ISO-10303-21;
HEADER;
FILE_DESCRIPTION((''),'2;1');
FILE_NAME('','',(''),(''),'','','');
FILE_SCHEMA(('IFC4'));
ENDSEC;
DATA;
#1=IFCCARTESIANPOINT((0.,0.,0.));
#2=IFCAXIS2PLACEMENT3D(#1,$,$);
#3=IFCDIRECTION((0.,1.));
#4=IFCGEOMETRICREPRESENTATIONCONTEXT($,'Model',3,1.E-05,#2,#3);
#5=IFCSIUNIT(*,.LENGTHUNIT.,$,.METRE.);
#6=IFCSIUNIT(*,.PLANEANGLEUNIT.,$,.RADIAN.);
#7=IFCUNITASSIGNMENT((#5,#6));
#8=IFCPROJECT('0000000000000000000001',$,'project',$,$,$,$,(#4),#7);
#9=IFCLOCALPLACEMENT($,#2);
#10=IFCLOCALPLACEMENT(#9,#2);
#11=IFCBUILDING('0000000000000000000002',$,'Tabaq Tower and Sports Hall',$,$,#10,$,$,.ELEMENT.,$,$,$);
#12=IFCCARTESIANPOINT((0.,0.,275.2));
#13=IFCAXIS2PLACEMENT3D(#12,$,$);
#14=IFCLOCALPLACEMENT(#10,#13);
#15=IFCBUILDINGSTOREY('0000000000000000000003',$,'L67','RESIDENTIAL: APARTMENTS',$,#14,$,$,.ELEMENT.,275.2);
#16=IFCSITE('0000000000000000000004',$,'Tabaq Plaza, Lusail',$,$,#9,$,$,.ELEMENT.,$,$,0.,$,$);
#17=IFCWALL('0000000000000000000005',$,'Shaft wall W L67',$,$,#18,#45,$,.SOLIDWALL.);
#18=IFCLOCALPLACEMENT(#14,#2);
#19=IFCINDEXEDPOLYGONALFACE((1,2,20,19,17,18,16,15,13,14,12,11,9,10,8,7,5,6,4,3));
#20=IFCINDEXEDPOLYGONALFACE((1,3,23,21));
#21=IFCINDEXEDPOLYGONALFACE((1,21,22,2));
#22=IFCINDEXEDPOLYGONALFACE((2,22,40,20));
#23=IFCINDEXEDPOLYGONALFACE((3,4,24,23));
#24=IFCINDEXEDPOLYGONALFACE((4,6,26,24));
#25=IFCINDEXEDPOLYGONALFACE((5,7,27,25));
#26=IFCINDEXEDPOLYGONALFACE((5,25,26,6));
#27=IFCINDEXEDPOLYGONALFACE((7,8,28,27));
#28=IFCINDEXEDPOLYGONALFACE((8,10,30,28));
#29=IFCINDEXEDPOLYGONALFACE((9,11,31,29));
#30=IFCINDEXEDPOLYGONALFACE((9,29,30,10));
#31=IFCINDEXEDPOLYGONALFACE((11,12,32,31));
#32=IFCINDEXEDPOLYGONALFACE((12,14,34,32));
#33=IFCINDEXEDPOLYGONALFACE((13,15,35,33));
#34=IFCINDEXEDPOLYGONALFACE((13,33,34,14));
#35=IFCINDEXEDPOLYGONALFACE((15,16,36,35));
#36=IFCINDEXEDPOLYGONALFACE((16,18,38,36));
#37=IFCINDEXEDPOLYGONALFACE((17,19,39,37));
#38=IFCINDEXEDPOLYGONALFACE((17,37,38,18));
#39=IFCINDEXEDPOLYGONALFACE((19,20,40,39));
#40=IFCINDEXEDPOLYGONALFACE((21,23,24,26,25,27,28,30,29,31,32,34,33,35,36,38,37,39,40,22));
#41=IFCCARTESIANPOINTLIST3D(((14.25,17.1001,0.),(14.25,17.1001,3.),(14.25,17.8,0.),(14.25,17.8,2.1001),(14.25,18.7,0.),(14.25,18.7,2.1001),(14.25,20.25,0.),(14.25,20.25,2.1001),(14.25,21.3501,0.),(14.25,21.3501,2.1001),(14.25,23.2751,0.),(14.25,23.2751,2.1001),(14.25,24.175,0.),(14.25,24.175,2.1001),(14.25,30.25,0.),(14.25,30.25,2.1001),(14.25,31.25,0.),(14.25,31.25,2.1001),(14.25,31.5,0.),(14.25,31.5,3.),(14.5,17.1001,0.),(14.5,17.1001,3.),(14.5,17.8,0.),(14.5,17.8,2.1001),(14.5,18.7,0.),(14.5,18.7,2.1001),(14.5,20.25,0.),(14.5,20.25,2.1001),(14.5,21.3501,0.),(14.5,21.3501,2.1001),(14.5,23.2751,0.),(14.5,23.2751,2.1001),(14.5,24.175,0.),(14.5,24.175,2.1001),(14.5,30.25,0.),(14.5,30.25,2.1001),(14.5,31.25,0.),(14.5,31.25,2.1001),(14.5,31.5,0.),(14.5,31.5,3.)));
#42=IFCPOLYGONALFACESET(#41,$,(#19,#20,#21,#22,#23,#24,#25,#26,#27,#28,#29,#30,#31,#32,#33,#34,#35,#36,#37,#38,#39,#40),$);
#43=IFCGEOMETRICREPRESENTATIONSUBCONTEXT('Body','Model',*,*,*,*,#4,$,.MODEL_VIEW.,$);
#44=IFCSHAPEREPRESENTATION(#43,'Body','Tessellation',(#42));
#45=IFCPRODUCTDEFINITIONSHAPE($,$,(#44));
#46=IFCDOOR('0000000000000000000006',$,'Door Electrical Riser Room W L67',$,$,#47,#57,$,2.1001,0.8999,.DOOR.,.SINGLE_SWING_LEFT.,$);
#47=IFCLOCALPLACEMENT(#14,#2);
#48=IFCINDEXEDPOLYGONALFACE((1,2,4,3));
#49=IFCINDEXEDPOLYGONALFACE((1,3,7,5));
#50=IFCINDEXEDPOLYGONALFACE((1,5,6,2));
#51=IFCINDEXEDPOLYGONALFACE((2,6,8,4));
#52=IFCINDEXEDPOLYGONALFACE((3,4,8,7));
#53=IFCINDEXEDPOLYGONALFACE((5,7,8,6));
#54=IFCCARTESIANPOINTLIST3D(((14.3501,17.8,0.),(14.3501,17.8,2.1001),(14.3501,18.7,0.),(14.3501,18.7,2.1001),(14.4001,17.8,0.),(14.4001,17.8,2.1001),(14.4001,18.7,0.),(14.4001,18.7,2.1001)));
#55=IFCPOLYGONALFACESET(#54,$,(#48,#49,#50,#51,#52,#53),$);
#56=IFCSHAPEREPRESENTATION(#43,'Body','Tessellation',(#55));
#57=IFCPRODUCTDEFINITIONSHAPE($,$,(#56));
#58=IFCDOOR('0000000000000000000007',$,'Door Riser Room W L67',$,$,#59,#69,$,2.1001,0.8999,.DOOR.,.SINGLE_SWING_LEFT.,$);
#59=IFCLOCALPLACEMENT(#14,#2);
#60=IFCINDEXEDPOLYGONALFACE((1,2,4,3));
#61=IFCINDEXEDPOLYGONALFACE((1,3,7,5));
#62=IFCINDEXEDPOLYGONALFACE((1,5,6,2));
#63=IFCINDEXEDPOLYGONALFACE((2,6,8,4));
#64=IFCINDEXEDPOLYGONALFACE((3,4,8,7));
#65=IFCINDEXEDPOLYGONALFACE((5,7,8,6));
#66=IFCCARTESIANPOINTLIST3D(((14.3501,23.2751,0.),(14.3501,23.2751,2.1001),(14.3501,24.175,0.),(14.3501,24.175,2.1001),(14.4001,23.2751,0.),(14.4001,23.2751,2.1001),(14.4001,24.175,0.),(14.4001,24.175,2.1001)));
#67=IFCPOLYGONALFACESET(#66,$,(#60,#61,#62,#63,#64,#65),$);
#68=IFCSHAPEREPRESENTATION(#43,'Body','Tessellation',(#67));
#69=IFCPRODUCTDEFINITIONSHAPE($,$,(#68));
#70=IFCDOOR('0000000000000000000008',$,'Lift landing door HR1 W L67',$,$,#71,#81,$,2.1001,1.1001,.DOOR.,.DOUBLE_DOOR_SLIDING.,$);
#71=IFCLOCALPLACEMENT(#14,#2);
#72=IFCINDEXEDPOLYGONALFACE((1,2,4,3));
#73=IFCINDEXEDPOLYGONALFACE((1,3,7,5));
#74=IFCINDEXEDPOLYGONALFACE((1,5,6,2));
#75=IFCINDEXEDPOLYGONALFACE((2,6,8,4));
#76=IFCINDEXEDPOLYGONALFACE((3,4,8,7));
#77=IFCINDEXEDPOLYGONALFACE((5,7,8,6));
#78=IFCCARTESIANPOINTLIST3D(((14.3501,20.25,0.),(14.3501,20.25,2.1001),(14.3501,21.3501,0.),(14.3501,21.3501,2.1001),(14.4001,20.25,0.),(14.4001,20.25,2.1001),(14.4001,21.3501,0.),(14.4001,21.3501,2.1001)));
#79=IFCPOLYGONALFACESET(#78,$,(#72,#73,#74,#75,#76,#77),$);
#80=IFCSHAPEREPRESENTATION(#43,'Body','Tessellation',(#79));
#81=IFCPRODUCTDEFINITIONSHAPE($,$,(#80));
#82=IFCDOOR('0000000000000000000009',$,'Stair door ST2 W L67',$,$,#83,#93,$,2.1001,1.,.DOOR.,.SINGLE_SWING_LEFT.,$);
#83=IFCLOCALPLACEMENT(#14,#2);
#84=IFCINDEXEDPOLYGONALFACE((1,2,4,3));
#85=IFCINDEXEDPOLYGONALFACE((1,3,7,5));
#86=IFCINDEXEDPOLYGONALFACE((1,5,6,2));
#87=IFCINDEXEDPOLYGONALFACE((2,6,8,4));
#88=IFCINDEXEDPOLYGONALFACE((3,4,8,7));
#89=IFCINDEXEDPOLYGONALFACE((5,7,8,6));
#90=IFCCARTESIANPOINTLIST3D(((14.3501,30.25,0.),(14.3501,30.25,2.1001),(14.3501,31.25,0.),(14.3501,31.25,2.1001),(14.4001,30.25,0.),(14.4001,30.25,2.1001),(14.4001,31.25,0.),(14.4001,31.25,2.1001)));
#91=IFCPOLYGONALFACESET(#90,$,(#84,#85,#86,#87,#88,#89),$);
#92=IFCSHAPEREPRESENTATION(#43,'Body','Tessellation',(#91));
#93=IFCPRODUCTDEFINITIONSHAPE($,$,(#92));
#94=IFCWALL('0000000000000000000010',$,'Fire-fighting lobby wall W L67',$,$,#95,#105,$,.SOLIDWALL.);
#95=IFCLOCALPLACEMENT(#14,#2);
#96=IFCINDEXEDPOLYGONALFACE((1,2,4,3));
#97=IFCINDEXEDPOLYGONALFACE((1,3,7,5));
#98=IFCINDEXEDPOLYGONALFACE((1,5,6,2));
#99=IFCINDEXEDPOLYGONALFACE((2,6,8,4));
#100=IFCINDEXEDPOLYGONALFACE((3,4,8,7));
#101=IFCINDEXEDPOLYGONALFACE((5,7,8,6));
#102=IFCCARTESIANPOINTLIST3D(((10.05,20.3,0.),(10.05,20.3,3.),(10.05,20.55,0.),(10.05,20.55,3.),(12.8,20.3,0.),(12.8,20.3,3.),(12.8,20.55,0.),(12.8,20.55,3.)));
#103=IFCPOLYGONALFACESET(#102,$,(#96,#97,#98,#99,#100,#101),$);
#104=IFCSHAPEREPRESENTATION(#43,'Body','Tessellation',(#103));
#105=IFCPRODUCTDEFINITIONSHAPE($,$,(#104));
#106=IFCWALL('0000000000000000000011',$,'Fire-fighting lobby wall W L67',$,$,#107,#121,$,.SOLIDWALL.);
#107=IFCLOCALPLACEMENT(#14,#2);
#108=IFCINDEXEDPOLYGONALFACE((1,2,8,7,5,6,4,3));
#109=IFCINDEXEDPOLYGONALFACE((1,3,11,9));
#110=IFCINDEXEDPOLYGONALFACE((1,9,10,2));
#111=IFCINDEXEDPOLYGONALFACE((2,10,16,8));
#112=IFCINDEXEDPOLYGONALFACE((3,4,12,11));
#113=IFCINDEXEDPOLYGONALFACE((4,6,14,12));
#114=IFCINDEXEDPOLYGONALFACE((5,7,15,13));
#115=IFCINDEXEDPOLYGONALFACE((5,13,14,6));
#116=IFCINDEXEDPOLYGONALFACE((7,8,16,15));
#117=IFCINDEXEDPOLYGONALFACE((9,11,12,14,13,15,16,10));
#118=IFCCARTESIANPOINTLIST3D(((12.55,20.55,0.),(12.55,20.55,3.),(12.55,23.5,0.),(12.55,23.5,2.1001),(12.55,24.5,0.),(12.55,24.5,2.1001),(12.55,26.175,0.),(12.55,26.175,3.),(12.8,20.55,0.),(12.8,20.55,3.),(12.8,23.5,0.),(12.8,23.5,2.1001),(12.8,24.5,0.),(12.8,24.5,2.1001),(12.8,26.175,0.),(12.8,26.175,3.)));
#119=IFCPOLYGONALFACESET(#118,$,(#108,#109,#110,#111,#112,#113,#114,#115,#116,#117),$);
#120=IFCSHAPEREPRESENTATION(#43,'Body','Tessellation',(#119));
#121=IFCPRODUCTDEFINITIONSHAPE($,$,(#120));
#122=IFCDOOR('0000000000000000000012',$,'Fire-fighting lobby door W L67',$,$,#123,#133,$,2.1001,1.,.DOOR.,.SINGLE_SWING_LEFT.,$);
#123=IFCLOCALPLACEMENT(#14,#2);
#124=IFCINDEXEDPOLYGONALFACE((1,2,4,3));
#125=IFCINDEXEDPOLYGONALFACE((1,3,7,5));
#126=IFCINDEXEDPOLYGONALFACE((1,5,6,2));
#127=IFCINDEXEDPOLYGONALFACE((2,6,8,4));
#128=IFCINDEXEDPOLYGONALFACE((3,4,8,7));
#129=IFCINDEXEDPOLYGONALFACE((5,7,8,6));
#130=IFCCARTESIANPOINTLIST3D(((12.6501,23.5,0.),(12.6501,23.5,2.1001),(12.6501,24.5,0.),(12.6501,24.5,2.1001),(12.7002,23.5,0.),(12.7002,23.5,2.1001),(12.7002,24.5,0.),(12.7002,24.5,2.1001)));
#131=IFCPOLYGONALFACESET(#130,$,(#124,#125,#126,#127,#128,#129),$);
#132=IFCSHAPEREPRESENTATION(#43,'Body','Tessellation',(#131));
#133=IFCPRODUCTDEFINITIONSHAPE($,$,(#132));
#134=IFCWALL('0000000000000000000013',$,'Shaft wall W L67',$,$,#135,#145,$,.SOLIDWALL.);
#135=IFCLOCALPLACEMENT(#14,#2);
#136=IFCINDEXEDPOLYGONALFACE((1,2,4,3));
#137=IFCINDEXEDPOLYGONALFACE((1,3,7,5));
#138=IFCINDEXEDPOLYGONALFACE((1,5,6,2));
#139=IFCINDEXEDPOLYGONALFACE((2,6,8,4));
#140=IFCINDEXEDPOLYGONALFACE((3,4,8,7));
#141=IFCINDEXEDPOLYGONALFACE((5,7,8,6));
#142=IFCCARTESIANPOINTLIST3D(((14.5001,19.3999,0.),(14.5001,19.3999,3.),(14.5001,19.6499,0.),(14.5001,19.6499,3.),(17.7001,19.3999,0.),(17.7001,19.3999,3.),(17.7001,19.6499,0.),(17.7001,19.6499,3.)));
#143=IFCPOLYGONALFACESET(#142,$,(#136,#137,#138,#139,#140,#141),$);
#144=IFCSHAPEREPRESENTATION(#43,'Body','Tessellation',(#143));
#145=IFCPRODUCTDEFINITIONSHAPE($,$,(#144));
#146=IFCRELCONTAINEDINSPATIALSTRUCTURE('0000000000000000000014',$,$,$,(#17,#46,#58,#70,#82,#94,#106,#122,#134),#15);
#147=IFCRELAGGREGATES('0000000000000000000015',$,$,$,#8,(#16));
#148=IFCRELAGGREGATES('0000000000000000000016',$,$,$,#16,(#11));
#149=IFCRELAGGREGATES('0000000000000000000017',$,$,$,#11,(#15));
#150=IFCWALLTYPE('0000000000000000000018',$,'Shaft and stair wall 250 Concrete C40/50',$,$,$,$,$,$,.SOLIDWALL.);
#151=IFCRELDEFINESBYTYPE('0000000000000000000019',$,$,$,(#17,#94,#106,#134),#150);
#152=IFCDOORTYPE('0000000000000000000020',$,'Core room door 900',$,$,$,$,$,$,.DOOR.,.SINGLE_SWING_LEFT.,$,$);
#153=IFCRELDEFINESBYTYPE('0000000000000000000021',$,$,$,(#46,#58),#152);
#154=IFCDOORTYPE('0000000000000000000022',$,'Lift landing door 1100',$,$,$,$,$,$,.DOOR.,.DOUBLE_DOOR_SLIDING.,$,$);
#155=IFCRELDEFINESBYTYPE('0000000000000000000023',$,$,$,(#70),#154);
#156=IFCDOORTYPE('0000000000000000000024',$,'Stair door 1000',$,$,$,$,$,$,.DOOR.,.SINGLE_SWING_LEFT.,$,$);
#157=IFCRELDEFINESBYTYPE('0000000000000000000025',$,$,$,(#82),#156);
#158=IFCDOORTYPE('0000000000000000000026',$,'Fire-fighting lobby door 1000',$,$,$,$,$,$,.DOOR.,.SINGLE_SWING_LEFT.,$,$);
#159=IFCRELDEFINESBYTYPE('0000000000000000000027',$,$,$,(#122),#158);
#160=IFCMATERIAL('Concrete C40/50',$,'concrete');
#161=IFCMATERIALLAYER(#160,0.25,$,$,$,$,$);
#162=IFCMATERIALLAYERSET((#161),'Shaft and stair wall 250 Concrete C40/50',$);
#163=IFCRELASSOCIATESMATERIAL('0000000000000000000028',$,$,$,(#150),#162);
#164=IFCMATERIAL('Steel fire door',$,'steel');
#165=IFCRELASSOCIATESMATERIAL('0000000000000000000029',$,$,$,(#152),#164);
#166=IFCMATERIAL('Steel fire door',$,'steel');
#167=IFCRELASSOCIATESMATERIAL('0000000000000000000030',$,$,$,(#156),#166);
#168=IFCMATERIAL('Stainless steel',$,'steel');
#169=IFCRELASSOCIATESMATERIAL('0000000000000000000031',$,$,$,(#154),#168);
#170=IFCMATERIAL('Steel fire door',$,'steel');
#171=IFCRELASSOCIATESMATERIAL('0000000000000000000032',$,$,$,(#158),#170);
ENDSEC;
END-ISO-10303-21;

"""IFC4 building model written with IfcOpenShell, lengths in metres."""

from ifc_helpers import new_model, si_unit, direction, frame, frame_2d, origin, place, context, subcontext, project, spatial, rectangle, extrude, material, layer, layer_set, type_object, element, fill, save


model = new_model("IFC4")

# Units and contexts
model_context = context("Model", 3, precision=1e-05, world=origin(), true_north=direction((0.0, 1.0)))
body_context = subcontext(model_context, "Body", "Model", "MODEL_VIEW")
ifc_project = project(units=[si_unit("LENGTHUNIT", "METRE"), si_unit("PLANEANGLEUNIT", "RADIAN")], contexts=[model_context])

# Site, building, storey
site_placement = place(None, origin())
site = spatial("IfcSite", under=ifc_project, at=site_placement, Name="Tabaq Plaza, Lusail", CompositionType="ELEMENT", RefElevation=0.0)
building_placement = place(site_placement, origin())
building = spatial("IfcBuilding", under=site, at=building_placement, Name="Tabaq Tower and Sports Hall", CompositionType="ELEMENT")
storey_placement = place(building_placement, frame((0.0, 0.0, 275.2)))
storey = spatial("IfcBuildingStorey", under=building, at=storey_placement, Name="L67", Description="RESIDENTIAL: APARTMENTS", CompositionType="ELEMENT", Elevation=275.2)

# Wall, openings, doors
ifc_material_1 = material(Name="Concrete C40/50", Category="concrete")
ifc_layer_1 = layer(ifc_material_1, 0.25)
ifc_layer_set_1 = layer_set([ifc_layer_1], Name="Shaft and stair wall 250 Concrete C40/50")
wall_type_1 = type_object("IfcWallType", Name="Shaft and stair wall 250 Concrete C40/50", PredefinedType="SOLIDWALL", material=ifc_layer_set_1)
ifc_material_2 = material(Name="Steel fire door", Category="steel")
door_type_1 = type_object("IfcDoorType", Name="Core room door 900", OperationType="SINGLE_SWING_LEFT", PredefinedType="DOOR", material=ifc_material_2)
ifc_material_3 = material(Name="Steel fire door", Category="steel")
door_type_2 = type_object("IfcDoorType", Name="Stair door 1000", OperationType="SINGLE_SWING_LEFT", PredefinedType="DOOR", material=ifc_material_3)
wall_1_placement = place(storey_placement, frame((14.375, 17.1001, 0.0), z_axis=(0.0, 0.0, 1.0), x_axis=(0.0, 1.0, 0.0)))
wall_1 = element("IfcWall", 1, at=wall_1_placement, inside=storey, type_object=wall_type_1, Name="Shaft wall W L67", PredefinedType="SOLIDWALL", context=body_context, shape_type="SweptSolid", body=[
    extrude(rectangle(XDim=14.3999, YDim=0.25, at=frame_2d((7.2, 0.0))), origin(), (0.0, 0.0, 1.0), 3.0),
])
opening_1_placement = place(wall_1_placement, frame((13.1499, 0.0, 0.0)))
opening_1 = element("IfcOpeningElement", 2, at=opening_1_placement, cuts=wall_1, PredefinedType="OPENING", context=body_context, shape_type="SweptSolid", body=[
    extrude(rectangle(XDim=1.0, YDim=2.1001, at=frame_2d((0.5, 1.05))), frame((0.0, 0.125, 0.0), z_axis=(0.0, -1.0, 0.0), x_axis=(1.0, 0.0, 0.0)), (0.0, 0.0, 1.0), 0.25),
])
opening_2_placement = place(wall_1_placement, frame((3.1499, 0.0, 0.0)))
opening_2 = element("IfcOpeningElement", 3, at=opening_2_placement, cuts=wall_1, PredefinedType="OPENING", context=body_context, shape_type="SweptSolid", body=[
    extrude(rectangle(XDim=1.1001, YDim=2.1001, at=frame_2d((0.55, 1.05))), frame((0.0, 0.125, 0.0), z_axis=(0.0, -1.0, 0.0), x_axis=(1.0, 0.0, 0.0)), (0.0, 0.0, 1.0), 0.25),
])
opening_3_placement = place(wall_1_placement, frame((0.7, 0.0, 0.0)))
opening_3 = element("IfcOpeningElement", 4, at=opening_3_placement, cuts=wall_1, PredefinedType="OPENING", context=body_context, shape_type="SweptSolid", body=[
    extrude(rectangle(XDim=0.8999, YDim=2.1001, at=frame_2d((0.45, 1.05))), frame((0.0, 0.125, 0.0), z_axis=(0.0, -1.0, 0.0), x_axis=(1.0, 0.0, 0.0)), (0.0, 0.0, 1.0), 0.25),
])
opening_4_placement = place(wall_1_placement, frame((6.175, 0.0, 0.0)))
opening_4 = element("IfcOpeningElement", 5, at=opening_4_placement, cuts=wall_1, PredefinedType="OPENING", context=body_context, shape_type="SweptSolid", body=[
    extrude(rectangle(XDim=0.8999, YDim=2.1001, at=frame_2d((0.45, 1.05))), frame((0.0, 0.125, 0.0), z_axis=(0.0, -1.0, 0.0), x_axis=(1.0, 0.0, 0.0)), (0.0, 0.0, 1.0), 0.25),
])
door_1_placement = place(opening_3_placement, origin())
door_1 = element("IfcDoor", 6, at=door_1_placement, inside=storey, type_object=door_type_1, Name="Door Electrical Riser Room W L67", OperationType="SINGLE_SWING_LEFT", OverallHeight=2.1001, OverallWidth=0.8999, PredefinedType="DOOR", context=body_context, shape_type="SweptSolid", body=[
    extrude(rectangle(XDim=0.8999, YDim=2.1001, at=frame_2d((0.45, 1.05))), frame((0.0, 0.0249, 0.0), z_axis=(0.0, -1.0, 0.0), x_axis=(1.0, 0.0, 0.0)), (0.0, 0.0, 1.0), 0.05),
])
fill(opening_3, door_1)
door_2_placement = place(opening_4_placement, origin())
door_2 = element("IfcDoor", 7, at=door_2_placement, inside=storey, type_object=door_type_1, Name="Door Riser Room W L67", OperationType="SINGLE_SWING_LEFT", OverallHeight=2.1001, OverallWidth=0.8999, PredefinedType="DOOR", context=body_context, shape_type="SweptSolid", body=[
    extrude(rectangle(XDim=0.8999, YDim=2.1001, at=frame_2d((0.45, 1.05))), frame((0.0, 0.0249, 0.0), z_axis=(0.0, -1.0, 0.0), x_axis=(1.0, 0.0, 0.0)), (0.0, 0.0, 1.0), 0.05),
])
fill(opening_4, door_2)
ifc_material_4 = material(Name="Stainless steel", Category="steel")
door_type_3 = type_object("IfcDoorType", Name="Lift landing door 1100", OperationType="DOUBLE_DOOR_SLIDING", PredefinedType="DOOR", material=ifc_material_4)
door_3_placement = place(opening_2_placement, origin())
door_3 = element("IfcDoor", 8, at=door_3_placement, inside=storey, type_object=door_type_3, Name="Lift landing door HR1 W L67", OperationType="DOUBLE_DOOR_SLIDING", OverallHeight=2.1001, OverallWidth=1.1001, PredefinedType="DOOR", context=body_context, shape_type="SweptSolid", body=[
    extrude(rectangle(XDim=1.1001, YDim=2.1001, at=frame_2d((0.55, 1.05))), frame((0.0, 0.0249, 0.0), z_axis=(0.0, -1.0, 0.0), x_axis=(1.0, 0.0, 0.0)), (0.0, 0.0, 1.0), 0.05),
])
fill(opening_2, door_3)
door_4_placement = place(opening_1_placement, origin())
door_4 = element("IfcDoor", 9, at=door_4_placement, inside=storey, type_object=door_type_2, Name="Stair door ST2 W L67", OperationType="SINGLE_SWING_LEFT", OverallHeight=2.1001, OverallWidth=1.0, PredefinedType="DOOR", context=body_context, shape_type="SweptSolid", body=[
    extrude(rectangle(XDim=1.0, YDim=2.1001, at=frame_2d((0.5, 1.05))), frame((0.0, 0.0249, 0.0), z_axis=(0.0, -1.0, 0.0), x_axis=(1.0, 0.0, 0.0)), (0.0, 0.0, 1.0), 0.05),
])
fill(opening_1, door_4)

# Wall
wall_2_placement = place(storey_placement, frame((10.05, 20.425, 0.0), z_axis=(0.0, 0.0, 1.0), x_axis=(1.0, 0.0, 0.0)))
element("IfcWall", 10, at=wall_2_placement, inside=storey, type_object=wall_type_1, Name="Fire-fighting lobby wall W L67", PredefinedType="SOLIDWALL", context=body_context, shape_type="SweptSolid", body=[
    extrude(rectangle(XDim=2.75, YDim=0.25, at=frame_2d((1.375, 0.0))), origin(), (0.0, 0.0, 1.0), 3.0),
])

# Wall, opening, door
wall_3_placement = place(storey_placement, frame((12.675, 20.55, 0.0), z_axis=(0.0, 0.0, 1.0), x_axis=(0.0, 1.0, 0.0)))
wall_3 = element("IfcWall", 11, at=wall_3_placement, inside=storey, type_object=wall_type_1, Name="Fire-fighting lobby wall W L67", PredefinedType="SOLIDWALL", context=body_context, shape_type="SweptSolid", body=[
    extrude(rectangle(XDim=5.625, YDim=0.25, at=frame_2d((2.8125, 0.0))), origin(), (0.0, 0.0, 1.0), 3.0),
])
opening_5_placement = place(wall_3_placement, frame((2.95, 0.0, 0.0)))
opening_5 = element("IfcOpeningElement", 12, at=opening_5_placement, cuts=wall_3, PredefinedType="OPENING", context=body_context, shape_type="SweptSolid", body=[
    extrude(rectangle(XDim=1.0, YDim=2.1001, at=frame_2d((0.5, 1.05))), frame((0.0, 0.125, 0.0), z_axis=(0.0, -1.0, 0.0), x_axis=(1.0, 0.0, 0.0)), (0.0, 0.0, 1.0), 0.25),
])
ifc_material_5 = material(Name="Steel fire door", Category="steel")
door_type_4 = type_object("IfcDoorType", Name="Fire-fighting lobby door 1000", OperationType="SINGLE_SWING_LEFT", PredefinedType="DOOR", material=ifc_material_5)
door_5_placement = place(opening_5_placement, origin())
door_5 = element("IfcDoor", 13, at=door_5_placement, inside=storey, type_object=door_type_4, Name="Fire-fighting lobby door W L67", OperationType="SINGLE_SWING_LEFT", OverallHeight=2.1001, OverallWidth=1.0, PredefinedType="DOOR", context=body_context, shape_type="SweptSolid", body=[
    extrude(rectangle(XDim=1.0, YDim=2.1001, at=frame_2d((0.5, 1.05))), frame((0.0, 0.0249, 0.0), z_axis=(0.0, -1.0, 0.0), x_axis=(1.0, 0.0, 0.0)), (0.0, 0.0, 1.0), 0.05),
])
fill(opening_5, door_5)

# Wall
wall_4_placement = place(storey_placement, frame((14.5, 19.5249, 0.0), z_axis=(0.0, 0.0, 1.0), x_axis=(1.0, 0.0, 0.0)))
element("IfcWall", 14, at=wall_4_placement, inside=storey, type_object=wall_type_1, Name="Shaft wall W L67", PredefinedType="SOLIDWALL", context=body_context, shape_type="SweptSolid", body=[
    extrude(rectangle(XDim=3.2, YDim=0.25, at=frame_2d((1.6001, 0.0))), origin(), (0.0, 0.0, 1.0), 3.0),
])

save(model, "model.ifc")
